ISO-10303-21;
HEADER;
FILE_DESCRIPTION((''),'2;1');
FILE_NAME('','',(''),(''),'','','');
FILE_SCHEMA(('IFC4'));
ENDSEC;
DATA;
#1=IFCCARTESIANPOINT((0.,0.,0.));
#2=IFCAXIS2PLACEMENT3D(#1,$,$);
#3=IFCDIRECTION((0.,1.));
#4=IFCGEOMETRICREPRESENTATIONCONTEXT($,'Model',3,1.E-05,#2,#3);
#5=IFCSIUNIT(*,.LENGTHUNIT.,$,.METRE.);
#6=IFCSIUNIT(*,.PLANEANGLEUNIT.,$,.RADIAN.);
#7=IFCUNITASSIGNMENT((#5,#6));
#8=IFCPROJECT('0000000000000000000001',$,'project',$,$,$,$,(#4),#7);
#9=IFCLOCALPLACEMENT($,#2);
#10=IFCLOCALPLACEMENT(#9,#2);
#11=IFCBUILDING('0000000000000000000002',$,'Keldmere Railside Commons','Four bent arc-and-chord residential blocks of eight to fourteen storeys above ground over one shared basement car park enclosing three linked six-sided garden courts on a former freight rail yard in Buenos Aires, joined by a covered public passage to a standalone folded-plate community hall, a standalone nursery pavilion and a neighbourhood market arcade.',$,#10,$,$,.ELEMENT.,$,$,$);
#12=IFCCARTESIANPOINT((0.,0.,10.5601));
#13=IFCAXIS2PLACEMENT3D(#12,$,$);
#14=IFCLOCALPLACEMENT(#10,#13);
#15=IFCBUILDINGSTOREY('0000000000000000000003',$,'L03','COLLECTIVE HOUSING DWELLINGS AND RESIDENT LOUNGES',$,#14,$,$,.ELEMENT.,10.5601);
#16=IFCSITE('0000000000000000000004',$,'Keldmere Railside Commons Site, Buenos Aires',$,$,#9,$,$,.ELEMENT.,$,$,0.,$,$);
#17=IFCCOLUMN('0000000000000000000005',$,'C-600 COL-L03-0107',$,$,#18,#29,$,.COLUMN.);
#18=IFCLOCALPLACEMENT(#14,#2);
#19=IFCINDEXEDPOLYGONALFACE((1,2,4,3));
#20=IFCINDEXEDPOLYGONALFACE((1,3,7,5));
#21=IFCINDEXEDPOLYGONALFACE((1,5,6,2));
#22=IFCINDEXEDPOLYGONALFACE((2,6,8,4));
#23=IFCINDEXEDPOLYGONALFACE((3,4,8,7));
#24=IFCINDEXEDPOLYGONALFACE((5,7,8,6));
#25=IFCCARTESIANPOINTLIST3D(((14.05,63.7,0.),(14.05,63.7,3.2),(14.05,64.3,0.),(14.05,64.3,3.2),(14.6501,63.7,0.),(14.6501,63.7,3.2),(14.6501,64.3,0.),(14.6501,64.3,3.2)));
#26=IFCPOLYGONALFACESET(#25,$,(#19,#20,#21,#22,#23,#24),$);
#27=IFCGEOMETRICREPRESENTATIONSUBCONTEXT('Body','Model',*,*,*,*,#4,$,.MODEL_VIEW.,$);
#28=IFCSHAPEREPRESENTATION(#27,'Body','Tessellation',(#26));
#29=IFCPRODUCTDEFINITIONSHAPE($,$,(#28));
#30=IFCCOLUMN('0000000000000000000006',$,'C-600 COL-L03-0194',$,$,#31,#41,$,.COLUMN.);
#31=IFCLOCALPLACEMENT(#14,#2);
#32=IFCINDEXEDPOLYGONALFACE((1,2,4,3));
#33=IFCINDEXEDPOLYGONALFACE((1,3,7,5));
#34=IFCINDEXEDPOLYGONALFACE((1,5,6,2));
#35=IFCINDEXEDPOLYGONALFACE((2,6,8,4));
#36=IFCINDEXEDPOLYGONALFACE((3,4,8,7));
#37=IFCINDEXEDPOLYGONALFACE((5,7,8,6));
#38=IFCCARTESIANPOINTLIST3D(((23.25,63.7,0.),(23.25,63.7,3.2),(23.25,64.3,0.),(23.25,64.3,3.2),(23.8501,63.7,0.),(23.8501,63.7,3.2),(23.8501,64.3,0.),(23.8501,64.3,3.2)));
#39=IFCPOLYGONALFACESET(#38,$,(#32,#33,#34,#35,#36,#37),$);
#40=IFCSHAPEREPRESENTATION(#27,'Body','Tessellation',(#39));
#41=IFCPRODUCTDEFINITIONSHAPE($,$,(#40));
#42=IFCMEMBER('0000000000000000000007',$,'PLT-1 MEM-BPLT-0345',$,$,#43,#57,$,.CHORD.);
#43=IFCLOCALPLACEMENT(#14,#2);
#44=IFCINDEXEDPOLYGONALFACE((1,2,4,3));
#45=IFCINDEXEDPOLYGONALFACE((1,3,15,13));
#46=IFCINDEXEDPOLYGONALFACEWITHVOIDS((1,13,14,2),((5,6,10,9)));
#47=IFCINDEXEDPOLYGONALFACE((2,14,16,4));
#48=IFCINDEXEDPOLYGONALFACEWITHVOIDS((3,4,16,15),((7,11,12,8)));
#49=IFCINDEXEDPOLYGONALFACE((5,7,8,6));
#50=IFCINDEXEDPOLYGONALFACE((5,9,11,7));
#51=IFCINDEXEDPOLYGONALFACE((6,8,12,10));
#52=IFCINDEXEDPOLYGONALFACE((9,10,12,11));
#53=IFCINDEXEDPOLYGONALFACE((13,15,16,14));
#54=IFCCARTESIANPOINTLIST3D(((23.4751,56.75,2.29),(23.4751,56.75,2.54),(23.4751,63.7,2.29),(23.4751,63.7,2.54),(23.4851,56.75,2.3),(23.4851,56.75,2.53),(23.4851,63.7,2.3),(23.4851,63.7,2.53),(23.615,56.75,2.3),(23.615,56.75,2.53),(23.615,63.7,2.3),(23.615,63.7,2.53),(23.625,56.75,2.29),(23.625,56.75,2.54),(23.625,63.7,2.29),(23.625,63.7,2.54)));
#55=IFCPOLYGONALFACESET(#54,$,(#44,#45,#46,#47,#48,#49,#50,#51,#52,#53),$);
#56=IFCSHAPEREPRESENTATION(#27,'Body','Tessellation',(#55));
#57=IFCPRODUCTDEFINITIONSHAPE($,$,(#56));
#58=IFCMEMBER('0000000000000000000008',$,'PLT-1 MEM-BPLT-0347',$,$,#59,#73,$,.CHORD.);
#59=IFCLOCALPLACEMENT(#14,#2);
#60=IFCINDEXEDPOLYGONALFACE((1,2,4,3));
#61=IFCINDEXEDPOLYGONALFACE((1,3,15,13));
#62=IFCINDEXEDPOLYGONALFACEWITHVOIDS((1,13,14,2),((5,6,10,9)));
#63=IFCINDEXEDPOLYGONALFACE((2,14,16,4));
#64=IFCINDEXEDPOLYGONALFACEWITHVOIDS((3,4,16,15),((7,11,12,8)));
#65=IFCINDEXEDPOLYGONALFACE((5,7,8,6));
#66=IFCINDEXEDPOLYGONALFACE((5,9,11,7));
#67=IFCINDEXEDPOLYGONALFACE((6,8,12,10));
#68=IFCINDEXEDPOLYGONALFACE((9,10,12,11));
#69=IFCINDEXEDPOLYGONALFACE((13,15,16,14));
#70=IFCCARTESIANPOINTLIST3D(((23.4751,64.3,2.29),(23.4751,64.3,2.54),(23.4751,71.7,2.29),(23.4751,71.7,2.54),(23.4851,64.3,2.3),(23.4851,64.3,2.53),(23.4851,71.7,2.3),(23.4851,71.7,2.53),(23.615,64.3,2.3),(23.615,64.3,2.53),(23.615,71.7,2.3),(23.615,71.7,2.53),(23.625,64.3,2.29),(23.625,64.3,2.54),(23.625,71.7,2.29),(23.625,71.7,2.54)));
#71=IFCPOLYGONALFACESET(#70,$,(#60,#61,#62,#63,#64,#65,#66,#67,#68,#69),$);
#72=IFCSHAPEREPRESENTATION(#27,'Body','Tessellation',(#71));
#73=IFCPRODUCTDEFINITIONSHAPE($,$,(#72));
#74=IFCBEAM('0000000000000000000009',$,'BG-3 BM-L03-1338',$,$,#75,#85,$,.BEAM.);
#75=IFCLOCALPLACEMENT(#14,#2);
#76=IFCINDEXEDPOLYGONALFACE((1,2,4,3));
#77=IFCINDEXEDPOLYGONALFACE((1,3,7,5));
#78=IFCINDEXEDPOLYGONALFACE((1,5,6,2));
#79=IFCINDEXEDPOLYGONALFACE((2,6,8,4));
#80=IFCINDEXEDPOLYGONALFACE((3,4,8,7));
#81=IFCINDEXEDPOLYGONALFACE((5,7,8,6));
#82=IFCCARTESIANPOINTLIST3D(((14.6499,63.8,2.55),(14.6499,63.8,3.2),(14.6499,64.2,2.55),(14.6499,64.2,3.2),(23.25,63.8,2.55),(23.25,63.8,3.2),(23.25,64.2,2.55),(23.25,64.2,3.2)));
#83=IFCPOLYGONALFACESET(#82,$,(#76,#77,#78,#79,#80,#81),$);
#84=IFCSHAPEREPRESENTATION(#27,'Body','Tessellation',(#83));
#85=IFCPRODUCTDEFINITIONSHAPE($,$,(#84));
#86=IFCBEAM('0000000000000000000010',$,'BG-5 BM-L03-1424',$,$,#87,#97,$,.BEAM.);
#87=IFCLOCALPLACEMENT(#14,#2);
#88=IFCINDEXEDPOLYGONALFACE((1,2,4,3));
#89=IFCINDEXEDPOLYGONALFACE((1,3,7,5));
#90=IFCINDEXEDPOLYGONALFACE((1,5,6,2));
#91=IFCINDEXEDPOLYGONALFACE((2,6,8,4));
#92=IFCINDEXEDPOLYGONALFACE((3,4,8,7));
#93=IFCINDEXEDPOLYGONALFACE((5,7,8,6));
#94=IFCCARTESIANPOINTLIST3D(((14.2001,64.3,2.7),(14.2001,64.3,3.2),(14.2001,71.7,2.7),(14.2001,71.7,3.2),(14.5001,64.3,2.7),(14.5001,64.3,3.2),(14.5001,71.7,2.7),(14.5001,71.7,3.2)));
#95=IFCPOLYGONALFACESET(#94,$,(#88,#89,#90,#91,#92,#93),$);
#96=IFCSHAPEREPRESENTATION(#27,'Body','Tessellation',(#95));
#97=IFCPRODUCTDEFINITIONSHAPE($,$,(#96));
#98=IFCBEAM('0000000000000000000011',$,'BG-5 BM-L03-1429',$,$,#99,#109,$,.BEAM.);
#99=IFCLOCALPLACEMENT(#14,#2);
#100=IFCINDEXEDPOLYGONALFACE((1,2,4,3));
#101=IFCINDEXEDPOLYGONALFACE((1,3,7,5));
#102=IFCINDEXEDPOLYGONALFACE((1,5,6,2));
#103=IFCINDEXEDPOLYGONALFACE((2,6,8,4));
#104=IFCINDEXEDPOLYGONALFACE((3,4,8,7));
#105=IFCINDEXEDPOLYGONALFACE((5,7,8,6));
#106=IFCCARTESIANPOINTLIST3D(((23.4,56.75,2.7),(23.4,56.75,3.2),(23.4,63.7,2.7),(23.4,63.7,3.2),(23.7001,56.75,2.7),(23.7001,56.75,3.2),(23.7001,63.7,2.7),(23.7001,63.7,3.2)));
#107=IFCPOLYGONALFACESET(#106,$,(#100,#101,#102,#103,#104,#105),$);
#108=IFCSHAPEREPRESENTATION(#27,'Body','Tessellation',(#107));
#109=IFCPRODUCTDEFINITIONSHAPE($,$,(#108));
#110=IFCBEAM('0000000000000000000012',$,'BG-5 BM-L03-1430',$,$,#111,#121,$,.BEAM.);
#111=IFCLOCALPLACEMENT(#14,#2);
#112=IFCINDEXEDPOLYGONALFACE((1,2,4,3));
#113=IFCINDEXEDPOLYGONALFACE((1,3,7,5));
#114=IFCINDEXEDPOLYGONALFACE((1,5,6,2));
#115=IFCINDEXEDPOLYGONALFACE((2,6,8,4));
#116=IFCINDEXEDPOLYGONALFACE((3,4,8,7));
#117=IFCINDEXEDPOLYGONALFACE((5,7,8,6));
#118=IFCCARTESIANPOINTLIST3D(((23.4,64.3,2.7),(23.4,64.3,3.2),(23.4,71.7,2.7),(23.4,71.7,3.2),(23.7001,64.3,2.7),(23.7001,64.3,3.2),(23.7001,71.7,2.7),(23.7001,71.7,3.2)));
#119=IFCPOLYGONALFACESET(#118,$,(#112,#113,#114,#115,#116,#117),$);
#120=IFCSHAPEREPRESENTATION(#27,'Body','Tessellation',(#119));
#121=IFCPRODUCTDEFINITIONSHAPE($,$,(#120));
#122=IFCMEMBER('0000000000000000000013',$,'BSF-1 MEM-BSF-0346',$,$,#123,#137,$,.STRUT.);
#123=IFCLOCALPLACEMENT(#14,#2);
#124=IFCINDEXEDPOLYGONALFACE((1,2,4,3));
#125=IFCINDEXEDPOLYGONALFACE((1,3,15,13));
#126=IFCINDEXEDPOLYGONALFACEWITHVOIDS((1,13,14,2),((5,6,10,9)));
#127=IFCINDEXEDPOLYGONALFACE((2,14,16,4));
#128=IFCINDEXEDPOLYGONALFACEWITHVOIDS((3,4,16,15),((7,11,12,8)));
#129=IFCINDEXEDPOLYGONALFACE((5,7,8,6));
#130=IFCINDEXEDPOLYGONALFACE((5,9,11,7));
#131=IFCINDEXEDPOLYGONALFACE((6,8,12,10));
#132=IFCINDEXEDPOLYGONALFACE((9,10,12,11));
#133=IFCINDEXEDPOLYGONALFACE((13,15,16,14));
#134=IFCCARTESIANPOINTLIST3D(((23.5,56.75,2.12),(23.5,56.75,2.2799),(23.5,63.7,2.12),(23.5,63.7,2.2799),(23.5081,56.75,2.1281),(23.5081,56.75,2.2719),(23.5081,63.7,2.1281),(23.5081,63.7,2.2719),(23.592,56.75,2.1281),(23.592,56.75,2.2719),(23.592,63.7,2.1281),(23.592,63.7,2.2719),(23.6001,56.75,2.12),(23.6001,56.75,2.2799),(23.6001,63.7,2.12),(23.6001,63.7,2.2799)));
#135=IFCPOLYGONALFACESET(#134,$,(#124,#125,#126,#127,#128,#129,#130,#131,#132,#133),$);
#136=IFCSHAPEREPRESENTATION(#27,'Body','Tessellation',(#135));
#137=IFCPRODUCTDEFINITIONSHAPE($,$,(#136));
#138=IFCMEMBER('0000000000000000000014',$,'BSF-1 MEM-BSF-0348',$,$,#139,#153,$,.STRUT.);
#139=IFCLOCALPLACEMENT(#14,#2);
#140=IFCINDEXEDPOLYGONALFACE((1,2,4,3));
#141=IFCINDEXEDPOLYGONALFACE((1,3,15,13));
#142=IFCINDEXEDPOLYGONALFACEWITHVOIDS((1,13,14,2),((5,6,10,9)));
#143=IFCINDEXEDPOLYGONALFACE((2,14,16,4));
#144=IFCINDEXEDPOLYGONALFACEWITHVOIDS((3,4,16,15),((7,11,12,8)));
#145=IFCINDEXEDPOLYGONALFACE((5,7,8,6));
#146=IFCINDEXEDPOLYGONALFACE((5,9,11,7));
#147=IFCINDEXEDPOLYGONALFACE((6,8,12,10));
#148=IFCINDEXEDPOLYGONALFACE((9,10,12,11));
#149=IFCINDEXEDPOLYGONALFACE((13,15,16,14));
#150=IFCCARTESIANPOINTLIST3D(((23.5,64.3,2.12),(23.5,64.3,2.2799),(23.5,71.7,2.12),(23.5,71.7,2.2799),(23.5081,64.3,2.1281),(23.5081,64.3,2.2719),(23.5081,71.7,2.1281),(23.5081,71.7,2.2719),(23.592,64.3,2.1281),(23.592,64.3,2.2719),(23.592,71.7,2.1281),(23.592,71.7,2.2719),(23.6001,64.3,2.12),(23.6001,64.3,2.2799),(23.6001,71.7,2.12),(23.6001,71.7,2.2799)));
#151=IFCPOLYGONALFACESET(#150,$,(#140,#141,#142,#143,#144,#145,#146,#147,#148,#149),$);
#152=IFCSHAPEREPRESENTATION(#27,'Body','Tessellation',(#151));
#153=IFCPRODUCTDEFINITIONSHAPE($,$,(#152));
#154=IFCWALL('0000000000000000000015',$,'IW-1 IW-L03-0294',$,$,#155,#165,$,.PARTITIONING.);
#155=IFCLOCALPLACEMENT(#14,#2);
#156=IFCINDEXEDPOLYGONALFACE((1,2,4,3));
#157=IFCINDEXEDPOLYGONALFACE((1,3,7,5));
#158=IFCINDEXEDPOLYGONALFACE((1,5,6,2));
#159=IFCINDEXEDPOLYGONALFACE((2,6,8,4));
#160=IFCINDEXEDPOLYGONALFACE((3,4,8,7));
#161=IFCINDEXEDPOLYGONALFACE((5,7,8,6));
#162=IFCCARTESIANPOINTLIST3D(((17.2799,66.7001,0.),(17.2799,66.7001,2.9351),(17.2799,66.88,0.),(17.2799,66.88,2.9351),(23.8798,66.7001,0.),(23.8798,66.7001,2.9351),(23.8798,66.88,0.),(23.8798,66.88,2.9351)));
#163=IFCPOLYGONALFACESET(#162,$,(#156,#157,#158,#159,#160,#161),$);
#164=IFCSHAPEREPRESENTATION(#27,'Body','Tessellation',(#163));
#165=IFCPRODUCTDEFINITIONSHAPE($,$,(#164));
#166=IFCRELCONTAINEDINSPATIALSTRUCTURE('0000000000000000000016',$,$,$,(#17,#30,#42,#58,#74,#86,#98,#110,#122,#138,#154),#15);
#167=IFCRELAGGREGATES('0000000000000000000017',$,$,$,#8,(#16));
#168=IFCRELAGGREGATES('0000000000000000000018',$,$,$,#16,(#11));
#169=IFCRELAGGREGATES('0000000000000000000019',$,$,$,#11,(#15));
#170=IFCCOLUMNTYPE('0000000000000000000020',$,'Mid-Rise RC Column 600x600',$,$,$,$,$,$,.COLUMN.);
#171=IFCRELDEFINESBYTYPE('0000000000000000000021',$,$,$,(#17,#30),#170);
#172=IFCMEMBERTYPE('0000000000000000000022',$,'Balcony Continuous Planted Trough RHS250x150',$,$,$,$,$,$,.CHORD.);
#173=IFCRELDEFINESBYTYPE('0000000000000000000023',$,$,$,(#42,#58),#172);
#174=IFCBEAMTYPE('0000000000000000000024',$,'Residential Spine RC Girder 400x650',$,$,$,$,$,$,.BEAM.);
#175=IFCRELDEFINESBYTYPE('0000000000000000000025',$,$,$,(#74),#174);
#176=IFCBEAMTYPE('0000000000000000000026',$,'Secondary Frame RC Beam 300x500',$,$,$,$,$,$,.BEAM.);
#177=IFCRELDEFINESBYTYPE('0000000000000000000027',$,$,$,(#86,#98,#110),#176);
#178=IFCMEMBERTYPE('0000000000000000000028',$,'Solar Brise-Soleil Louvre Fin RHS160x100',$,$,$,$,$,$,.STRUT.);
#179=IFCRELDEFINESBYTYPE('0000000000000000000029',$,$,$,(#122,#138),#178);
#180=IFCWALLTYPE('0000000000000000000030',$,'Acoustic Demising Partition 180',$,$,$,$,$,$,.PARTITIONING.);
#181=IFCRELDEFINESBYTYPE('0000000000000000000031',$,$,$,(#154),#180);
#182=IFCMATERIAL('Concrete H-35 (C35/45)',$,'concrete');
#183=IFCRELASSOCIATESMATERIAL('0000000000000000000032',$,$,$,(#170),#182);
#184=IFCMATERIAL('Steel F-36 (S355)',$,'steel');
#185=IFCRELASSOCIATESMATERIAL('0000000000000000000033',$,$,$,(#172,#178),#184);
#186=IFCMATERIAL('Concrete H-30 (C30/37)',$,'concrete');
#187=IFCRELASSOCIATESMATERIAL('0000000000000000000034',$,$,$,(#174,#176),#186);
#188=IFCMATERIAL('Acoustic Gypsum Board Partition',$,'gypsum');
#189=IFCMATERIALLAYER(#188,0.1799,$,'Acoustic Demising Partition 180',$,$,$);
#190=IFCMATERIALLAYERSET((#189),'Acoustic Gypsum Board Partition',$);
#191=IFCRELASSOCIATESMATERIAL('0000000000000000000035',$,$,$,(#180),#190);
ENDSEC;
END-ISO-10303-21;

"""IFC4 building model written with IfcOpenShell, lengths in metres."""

from ifc_helpers import new_model, si_unit, direction, frame, frame_2d, origin, origin_2d, place, context, subcontext, project, spatial, rectangle, hollow_rectangle, extrude, material, layer, layer_set, material_profile, profile_set, type_object, element, save


model = new_model("IFC4")

# Units and contexts
model_context = context("Model", 3, precision=1e-05, world=origin(), true_north=direction((0.0, 1.0)))
body_context = subcontext(model_context, "Body", "Model", "MODEL_VIEW")
ifc_project = project(units=[si_unit("LENGTHUNIT", "METRE"), si_unit("PLANEANGLEUNIT", "RADIAN")], contexts=[model_context])

# Site, building, storey
site_placement = place(None, origin())
site = spatial("IfcSite", under=ifc_project, at=site_placement, Name="Keldmere Railside Commons Site, Buenos Aires", CompositionType="ELEMENT", RefElevation=0.0)
building_placement = place(site_placement, origin())
building = spatial("IfcBuilding", under=site, at=building_placement, Name="Keldmere Railside Commons", Description="Four bent arc-and-chord residential blocks of eight to fourteen storeys above ground over one shared basement car park enclosing three linked six-sided garden courts on a former freight rail yard in Buenos Aires, joined by a covered public passage to a standalone folded-plate community hall, a standalone nursery pavilion and a neighbourhood market arcade.", CompositionType="ELEMENT")
storey_placement = place(building_placement, frame((0.0, 0.0, 10.5601)))
storey = spatial("IfcBuildingStorey", under=building, at=storey_placement, Name="L03", Description="COLLECTIVE HOUSING DWELLINGS AND RESIDENT LOUNGES", CompositionType="ELEMENT", Elevation=10.5601)

# Columns
ifc_material_1 = material(Name="Concrete H-35 (C35/45)", Category="concrete")
ifc_material_profile_1 = material_profile(ifc_material_1, rectangle(XDim=0.6001, YDim=0.6001, at=origin_2d()), Name="RC-600x600")
ifc_profile_set_1 = profile_set([ifc_material_profile_1], Name="Concrete H-35 (C35/45)")
column_type = type_object("IfcColumnType", Name="Mid-Rise RC Column 600x600", PredefinedType="COLUMN", material=ifc_profile_set_1)
for number, where, z_axis, x_axis, name in (
    (1, (14.3501, 64.0, 0.0), (0.0, 0.0, 1.0), (1.0, 0.0, 0.0), "C-600 COL-L03-0107"),
    (2, (23.55, 64.0, 0.0), (0.0, 0.0, 1.0), (1.0, 0.0, 0.0), "C-600 COL-L03-0194"),
):
    element("IfcColumn", number, at=place(storey_placement, frame(where, z_axis=z_axis, x_axis=x_axis)), inside=storey, type_object=column_type, Name=name, PredefinedType="COLUMN", context=body_context, shape_type="SweptSolid", body=[
        extrude(rectangle(XDim=0.6001, YDim=0.6001, at=origin_2d()), origin(), (0.0, 0.0, 1.0), 3.2),
    ])

# Members
ifc_material_2 = material(Name="Steel F-36 (S355)", Category="steel")
ifc_material_profile_2 = material_profile(ifc_material_2, hollow_rectangle(XDim=0.1499, YDim=0.25, WallThickness=0.01, at=origin_2d()), Name="RHS-250x150x10")
ifc_profile_set_2 = profile_set([ifc_material_profile_2], Name="Steel F-36 (S355)")
member_type_1 = type_object("IfcMemberType", Name="Balcony Continuous Planted Trough RHS250x150", PredefinedType="CHORD", material=ifc_profile_set_2)
member_1_placement = place(storey_placement, frame((23.55, 56.75, 2.415), z_axis=(0.0, 1.0, 0.0), x_axis=(-1.0, 0.0, 0.0)))
element("IfcMember", 3, at=member_1_placement, inside=storey, type_object=member_type_1, Name="PLT-1 MEM-BPLT-0345", PredefinedType="CHORD", context=body_context, shape_type="SweptSolid", body=[
    extrude(hollow_rectangle(XDim=0.1499, YDim=0.25, WallThickness=0.01, at=origin_2d()), origin(), (0.0, 0.0, 1.0), 6.95),
])
member_2_placement = place(storey_placement, frame((23.55, 64.3, 2.415), z_axis=(0.0, 1.0, 0.0), x_axis=(-1.0, 0.0, 0.0)))
element("IfcMember", 4, at=member_2_placement, inside=storey, type_object=member_type_1, Name="PLT-1 MEM-BPLT-0347", PredefinedType="CHORD", context=body_context, shape_type="SweptSolid", body=[
    extrude(hollow_rectangle(XDim=0.1499, YDim=0.25, WallThickness=0.01, at=origin_2d()), origin(), (0.0, 0.0, 1.0), 7.3999),
])

# Beams
ifc_material_3 = material(Name="Concrete H-30 (C30/37)", Category="concrete")
ifc_material_profile_3 = material_profile(ifc_material_3, rectangle(XDim=0.3999, YDim=0.6499, at=origin_2d()), Name="RC-400x650")
ifc_profile_set_3 = profile_set([ifc_material_profile_3], Name="Concrete H-30 (C30/37)")
beam_type_1 = type_object("IfcBeamType", Name="Residential Spine RC Girder 400x650", PredefinedType="BEAM", material=ifc_profile_set_3)
beam_1_placement = place(storey_placement, frame((14.6499, 64.0, 2.875), z_axis=(1.0, 0.0, 0.0), x_axis=(0.0, 1.0, 0.0)))
element("IfcBeam", 5, at=beam_1_placement, inside=storey, type_object=beam_type_1, Name="BG-3 BM-L03-1338", PredefinedType="BEAM", context=body_context, shape_type="SweptSolid", body=[
    extrude(rectangle(XDim=0.3999, YDim=0.6499, at=origin_2d()), origin(), (0.0, 0.0, 1.0), 8.6001),
])
ifc_material_profile_4 = material_profile(ifc_material_3, rectangle(XDim=0.3, YDim=0.5, at=origin_2d()), Name="RC-300x500")
ifc_profile_set_4 = profile_set([ifc_material_profile_4], Name="Concrete H-30 (C30/37)")
beam_type_2 = type_object("IfcBeamType", Name="Secondary Frame RC Beam 300x500", PredefinedType="BEAM", material=ifc_profile_set_4)
beam_2_placement = place(storey_placement, frame((14.3501, 64.3, 2.95), z_axis=(0.0, 1.0, 0.0), x_axis=(-1.0, 0.0, 0.0)))
element("IfcBeam", 6, at=beam_2_placement, inside=storey, type_object=beam_type_2, Name="BG-5 BM-L03-1424", PredefinedType="BEAM", context=body_context, shape_type="SweptSolid", body=[
    extrude(rectangle(XDim=0.3, YDim=0.5, at=origin_2d()), origin(), (0.0, 0.0, 1.0), 7.3999),
])
beam_3_placement = place(storey_placement, frame((23.55, 56.75, 2.95), z_axis=(0.0, 1.0, 0.0), x_axis=(-1.0, 0.0, 0.0)))
element("IfcBeam", 7, at=beam_3_placement, inside=storey, type_object=beam_type_2, Name="BG-5 BM-L03-1429", PredefinedType="BEAM", context=body_context, shape_type="SweptSolid", body=[
    extrude(rectangle(XDim=0.3, YDim=0.5, at=origin_2d()), origin(), (0.0, 0.0, 1.0), 6.95),
])
beam_4_placement = place(storey_placement, frame((23.55, 64.3, 2.95), z_axis=(0.0, 1.0, 0.0), x_axis=(-1.0, 0.0, 0.0)))
element("IfcBeam", 8, at=beam_4_placement, inside=storey, type_object=beam_type_2, Name="BG-5 BM-L03-1430", PredefinedType="BEAM", context=body_context, shape_type="SweptSolid", body=[
    extrude(rectangle(XDim=0.3, YDim=0.5, at=origin_2d()), origin(), (0.0, 0.0, 1.0), 7.3999),
])

# Members
ifc_material_profile_5 = material_profile(ifc_material_2, hollow_rectangle(XDim=0.1001, YDim=0.1599, WallThickness=0.0081, at=origin_2d()), Name="RHS-160x100x8")
ifc_profile_set_5 = profile_set([ifc_material_profile_5], Name="Steel F-36 (S355)")
member_type_2 = type_object("IfcMemberType", Name="Solar Brise-Soleil Louvre Fin RHS160x100", PredefinedType="STRUT", material=ifc_profile_set_5)
member_3_placement = place(storey_placement, frame((23.55, 56.75, 2.2), z_axis=(0.0, 1.0, 0.0), x_axis=(-1.0, 0.0, 0.0)))
element("IfcMember", 9, at=member_3_placement, inside=storey, type_object=member_type_2, Name="BSF-1 MEM-BSF-0346", PredefinedType="STRUT", context=body_context, shape_type="SweptSolid", body=[
    extrude(hollow_rectangle(XDim=0.1001, YDim=0.1599, WallThickness=0.0081, at=origin_2d()), origin(), (0.0, 0.0, 1.0), 6.95),
])
member_4_placement = place(storey_placement, frame((23.55, 64.3, 2.2), z_axis=(0.0, 1.0, 0.0), x_axis=(-1.0, 0.0, 0.0)))
element("IfcMember", 10, at=member_4_placement, inside=storey, type_object=member_type_2, Name="BSF-1 MEM-BSF-0348", PredefinedType="STRUT", context=body_context, shape_type="SweptSolid", body=[
    extrude(hollow_rectangle(XDim=0.1001, YDim=0.1599, WallThickness=0.0081, at=origin_2d()), origin(), (0.0, 0.0, 1.0), 7.3999),
])

# Wall
ifc_material_4 = material(Name="Acoustic Gypsum Board Partition", Category="gypsum")
ifc_layer_1 = layer(ifc_material_4, 0.1799, Name="Acoustic Demising Partition 180")
ifc_layer_set_1 = layer_set([ifc_layer_1], Name="Acoustic Gypsum Board Partition")
wall_type_1 = type_object("IfcWallType", Name="Acoustic Demising Partition 180", PredefinedType="PARTITIONING", material=ifc_layer_set_1)
wall_1_placement = place(storey_placement, frame((17.28, 66.79, 0.0), z_axis=(0.0, 0.0, 1.0), x_axis=(1.0, 0.0, 0.0)))
element("IfcWall", 11, at=wall_1_placement, inside=storey, type_object=wall_type_1, Name="IW-1 IW-L03-0294", PredefinedType="PARTITIONING", context=body_context, shape_type="SweptSolid", body=[
    extrude(rectangle(XDim=6.5999, YDim=0.1799, at=frame_2d((3.2998, 0.0))), origin(), (0.0, 0.0, 1.0), 2.9351),
])

save(model, "model.ifc")
